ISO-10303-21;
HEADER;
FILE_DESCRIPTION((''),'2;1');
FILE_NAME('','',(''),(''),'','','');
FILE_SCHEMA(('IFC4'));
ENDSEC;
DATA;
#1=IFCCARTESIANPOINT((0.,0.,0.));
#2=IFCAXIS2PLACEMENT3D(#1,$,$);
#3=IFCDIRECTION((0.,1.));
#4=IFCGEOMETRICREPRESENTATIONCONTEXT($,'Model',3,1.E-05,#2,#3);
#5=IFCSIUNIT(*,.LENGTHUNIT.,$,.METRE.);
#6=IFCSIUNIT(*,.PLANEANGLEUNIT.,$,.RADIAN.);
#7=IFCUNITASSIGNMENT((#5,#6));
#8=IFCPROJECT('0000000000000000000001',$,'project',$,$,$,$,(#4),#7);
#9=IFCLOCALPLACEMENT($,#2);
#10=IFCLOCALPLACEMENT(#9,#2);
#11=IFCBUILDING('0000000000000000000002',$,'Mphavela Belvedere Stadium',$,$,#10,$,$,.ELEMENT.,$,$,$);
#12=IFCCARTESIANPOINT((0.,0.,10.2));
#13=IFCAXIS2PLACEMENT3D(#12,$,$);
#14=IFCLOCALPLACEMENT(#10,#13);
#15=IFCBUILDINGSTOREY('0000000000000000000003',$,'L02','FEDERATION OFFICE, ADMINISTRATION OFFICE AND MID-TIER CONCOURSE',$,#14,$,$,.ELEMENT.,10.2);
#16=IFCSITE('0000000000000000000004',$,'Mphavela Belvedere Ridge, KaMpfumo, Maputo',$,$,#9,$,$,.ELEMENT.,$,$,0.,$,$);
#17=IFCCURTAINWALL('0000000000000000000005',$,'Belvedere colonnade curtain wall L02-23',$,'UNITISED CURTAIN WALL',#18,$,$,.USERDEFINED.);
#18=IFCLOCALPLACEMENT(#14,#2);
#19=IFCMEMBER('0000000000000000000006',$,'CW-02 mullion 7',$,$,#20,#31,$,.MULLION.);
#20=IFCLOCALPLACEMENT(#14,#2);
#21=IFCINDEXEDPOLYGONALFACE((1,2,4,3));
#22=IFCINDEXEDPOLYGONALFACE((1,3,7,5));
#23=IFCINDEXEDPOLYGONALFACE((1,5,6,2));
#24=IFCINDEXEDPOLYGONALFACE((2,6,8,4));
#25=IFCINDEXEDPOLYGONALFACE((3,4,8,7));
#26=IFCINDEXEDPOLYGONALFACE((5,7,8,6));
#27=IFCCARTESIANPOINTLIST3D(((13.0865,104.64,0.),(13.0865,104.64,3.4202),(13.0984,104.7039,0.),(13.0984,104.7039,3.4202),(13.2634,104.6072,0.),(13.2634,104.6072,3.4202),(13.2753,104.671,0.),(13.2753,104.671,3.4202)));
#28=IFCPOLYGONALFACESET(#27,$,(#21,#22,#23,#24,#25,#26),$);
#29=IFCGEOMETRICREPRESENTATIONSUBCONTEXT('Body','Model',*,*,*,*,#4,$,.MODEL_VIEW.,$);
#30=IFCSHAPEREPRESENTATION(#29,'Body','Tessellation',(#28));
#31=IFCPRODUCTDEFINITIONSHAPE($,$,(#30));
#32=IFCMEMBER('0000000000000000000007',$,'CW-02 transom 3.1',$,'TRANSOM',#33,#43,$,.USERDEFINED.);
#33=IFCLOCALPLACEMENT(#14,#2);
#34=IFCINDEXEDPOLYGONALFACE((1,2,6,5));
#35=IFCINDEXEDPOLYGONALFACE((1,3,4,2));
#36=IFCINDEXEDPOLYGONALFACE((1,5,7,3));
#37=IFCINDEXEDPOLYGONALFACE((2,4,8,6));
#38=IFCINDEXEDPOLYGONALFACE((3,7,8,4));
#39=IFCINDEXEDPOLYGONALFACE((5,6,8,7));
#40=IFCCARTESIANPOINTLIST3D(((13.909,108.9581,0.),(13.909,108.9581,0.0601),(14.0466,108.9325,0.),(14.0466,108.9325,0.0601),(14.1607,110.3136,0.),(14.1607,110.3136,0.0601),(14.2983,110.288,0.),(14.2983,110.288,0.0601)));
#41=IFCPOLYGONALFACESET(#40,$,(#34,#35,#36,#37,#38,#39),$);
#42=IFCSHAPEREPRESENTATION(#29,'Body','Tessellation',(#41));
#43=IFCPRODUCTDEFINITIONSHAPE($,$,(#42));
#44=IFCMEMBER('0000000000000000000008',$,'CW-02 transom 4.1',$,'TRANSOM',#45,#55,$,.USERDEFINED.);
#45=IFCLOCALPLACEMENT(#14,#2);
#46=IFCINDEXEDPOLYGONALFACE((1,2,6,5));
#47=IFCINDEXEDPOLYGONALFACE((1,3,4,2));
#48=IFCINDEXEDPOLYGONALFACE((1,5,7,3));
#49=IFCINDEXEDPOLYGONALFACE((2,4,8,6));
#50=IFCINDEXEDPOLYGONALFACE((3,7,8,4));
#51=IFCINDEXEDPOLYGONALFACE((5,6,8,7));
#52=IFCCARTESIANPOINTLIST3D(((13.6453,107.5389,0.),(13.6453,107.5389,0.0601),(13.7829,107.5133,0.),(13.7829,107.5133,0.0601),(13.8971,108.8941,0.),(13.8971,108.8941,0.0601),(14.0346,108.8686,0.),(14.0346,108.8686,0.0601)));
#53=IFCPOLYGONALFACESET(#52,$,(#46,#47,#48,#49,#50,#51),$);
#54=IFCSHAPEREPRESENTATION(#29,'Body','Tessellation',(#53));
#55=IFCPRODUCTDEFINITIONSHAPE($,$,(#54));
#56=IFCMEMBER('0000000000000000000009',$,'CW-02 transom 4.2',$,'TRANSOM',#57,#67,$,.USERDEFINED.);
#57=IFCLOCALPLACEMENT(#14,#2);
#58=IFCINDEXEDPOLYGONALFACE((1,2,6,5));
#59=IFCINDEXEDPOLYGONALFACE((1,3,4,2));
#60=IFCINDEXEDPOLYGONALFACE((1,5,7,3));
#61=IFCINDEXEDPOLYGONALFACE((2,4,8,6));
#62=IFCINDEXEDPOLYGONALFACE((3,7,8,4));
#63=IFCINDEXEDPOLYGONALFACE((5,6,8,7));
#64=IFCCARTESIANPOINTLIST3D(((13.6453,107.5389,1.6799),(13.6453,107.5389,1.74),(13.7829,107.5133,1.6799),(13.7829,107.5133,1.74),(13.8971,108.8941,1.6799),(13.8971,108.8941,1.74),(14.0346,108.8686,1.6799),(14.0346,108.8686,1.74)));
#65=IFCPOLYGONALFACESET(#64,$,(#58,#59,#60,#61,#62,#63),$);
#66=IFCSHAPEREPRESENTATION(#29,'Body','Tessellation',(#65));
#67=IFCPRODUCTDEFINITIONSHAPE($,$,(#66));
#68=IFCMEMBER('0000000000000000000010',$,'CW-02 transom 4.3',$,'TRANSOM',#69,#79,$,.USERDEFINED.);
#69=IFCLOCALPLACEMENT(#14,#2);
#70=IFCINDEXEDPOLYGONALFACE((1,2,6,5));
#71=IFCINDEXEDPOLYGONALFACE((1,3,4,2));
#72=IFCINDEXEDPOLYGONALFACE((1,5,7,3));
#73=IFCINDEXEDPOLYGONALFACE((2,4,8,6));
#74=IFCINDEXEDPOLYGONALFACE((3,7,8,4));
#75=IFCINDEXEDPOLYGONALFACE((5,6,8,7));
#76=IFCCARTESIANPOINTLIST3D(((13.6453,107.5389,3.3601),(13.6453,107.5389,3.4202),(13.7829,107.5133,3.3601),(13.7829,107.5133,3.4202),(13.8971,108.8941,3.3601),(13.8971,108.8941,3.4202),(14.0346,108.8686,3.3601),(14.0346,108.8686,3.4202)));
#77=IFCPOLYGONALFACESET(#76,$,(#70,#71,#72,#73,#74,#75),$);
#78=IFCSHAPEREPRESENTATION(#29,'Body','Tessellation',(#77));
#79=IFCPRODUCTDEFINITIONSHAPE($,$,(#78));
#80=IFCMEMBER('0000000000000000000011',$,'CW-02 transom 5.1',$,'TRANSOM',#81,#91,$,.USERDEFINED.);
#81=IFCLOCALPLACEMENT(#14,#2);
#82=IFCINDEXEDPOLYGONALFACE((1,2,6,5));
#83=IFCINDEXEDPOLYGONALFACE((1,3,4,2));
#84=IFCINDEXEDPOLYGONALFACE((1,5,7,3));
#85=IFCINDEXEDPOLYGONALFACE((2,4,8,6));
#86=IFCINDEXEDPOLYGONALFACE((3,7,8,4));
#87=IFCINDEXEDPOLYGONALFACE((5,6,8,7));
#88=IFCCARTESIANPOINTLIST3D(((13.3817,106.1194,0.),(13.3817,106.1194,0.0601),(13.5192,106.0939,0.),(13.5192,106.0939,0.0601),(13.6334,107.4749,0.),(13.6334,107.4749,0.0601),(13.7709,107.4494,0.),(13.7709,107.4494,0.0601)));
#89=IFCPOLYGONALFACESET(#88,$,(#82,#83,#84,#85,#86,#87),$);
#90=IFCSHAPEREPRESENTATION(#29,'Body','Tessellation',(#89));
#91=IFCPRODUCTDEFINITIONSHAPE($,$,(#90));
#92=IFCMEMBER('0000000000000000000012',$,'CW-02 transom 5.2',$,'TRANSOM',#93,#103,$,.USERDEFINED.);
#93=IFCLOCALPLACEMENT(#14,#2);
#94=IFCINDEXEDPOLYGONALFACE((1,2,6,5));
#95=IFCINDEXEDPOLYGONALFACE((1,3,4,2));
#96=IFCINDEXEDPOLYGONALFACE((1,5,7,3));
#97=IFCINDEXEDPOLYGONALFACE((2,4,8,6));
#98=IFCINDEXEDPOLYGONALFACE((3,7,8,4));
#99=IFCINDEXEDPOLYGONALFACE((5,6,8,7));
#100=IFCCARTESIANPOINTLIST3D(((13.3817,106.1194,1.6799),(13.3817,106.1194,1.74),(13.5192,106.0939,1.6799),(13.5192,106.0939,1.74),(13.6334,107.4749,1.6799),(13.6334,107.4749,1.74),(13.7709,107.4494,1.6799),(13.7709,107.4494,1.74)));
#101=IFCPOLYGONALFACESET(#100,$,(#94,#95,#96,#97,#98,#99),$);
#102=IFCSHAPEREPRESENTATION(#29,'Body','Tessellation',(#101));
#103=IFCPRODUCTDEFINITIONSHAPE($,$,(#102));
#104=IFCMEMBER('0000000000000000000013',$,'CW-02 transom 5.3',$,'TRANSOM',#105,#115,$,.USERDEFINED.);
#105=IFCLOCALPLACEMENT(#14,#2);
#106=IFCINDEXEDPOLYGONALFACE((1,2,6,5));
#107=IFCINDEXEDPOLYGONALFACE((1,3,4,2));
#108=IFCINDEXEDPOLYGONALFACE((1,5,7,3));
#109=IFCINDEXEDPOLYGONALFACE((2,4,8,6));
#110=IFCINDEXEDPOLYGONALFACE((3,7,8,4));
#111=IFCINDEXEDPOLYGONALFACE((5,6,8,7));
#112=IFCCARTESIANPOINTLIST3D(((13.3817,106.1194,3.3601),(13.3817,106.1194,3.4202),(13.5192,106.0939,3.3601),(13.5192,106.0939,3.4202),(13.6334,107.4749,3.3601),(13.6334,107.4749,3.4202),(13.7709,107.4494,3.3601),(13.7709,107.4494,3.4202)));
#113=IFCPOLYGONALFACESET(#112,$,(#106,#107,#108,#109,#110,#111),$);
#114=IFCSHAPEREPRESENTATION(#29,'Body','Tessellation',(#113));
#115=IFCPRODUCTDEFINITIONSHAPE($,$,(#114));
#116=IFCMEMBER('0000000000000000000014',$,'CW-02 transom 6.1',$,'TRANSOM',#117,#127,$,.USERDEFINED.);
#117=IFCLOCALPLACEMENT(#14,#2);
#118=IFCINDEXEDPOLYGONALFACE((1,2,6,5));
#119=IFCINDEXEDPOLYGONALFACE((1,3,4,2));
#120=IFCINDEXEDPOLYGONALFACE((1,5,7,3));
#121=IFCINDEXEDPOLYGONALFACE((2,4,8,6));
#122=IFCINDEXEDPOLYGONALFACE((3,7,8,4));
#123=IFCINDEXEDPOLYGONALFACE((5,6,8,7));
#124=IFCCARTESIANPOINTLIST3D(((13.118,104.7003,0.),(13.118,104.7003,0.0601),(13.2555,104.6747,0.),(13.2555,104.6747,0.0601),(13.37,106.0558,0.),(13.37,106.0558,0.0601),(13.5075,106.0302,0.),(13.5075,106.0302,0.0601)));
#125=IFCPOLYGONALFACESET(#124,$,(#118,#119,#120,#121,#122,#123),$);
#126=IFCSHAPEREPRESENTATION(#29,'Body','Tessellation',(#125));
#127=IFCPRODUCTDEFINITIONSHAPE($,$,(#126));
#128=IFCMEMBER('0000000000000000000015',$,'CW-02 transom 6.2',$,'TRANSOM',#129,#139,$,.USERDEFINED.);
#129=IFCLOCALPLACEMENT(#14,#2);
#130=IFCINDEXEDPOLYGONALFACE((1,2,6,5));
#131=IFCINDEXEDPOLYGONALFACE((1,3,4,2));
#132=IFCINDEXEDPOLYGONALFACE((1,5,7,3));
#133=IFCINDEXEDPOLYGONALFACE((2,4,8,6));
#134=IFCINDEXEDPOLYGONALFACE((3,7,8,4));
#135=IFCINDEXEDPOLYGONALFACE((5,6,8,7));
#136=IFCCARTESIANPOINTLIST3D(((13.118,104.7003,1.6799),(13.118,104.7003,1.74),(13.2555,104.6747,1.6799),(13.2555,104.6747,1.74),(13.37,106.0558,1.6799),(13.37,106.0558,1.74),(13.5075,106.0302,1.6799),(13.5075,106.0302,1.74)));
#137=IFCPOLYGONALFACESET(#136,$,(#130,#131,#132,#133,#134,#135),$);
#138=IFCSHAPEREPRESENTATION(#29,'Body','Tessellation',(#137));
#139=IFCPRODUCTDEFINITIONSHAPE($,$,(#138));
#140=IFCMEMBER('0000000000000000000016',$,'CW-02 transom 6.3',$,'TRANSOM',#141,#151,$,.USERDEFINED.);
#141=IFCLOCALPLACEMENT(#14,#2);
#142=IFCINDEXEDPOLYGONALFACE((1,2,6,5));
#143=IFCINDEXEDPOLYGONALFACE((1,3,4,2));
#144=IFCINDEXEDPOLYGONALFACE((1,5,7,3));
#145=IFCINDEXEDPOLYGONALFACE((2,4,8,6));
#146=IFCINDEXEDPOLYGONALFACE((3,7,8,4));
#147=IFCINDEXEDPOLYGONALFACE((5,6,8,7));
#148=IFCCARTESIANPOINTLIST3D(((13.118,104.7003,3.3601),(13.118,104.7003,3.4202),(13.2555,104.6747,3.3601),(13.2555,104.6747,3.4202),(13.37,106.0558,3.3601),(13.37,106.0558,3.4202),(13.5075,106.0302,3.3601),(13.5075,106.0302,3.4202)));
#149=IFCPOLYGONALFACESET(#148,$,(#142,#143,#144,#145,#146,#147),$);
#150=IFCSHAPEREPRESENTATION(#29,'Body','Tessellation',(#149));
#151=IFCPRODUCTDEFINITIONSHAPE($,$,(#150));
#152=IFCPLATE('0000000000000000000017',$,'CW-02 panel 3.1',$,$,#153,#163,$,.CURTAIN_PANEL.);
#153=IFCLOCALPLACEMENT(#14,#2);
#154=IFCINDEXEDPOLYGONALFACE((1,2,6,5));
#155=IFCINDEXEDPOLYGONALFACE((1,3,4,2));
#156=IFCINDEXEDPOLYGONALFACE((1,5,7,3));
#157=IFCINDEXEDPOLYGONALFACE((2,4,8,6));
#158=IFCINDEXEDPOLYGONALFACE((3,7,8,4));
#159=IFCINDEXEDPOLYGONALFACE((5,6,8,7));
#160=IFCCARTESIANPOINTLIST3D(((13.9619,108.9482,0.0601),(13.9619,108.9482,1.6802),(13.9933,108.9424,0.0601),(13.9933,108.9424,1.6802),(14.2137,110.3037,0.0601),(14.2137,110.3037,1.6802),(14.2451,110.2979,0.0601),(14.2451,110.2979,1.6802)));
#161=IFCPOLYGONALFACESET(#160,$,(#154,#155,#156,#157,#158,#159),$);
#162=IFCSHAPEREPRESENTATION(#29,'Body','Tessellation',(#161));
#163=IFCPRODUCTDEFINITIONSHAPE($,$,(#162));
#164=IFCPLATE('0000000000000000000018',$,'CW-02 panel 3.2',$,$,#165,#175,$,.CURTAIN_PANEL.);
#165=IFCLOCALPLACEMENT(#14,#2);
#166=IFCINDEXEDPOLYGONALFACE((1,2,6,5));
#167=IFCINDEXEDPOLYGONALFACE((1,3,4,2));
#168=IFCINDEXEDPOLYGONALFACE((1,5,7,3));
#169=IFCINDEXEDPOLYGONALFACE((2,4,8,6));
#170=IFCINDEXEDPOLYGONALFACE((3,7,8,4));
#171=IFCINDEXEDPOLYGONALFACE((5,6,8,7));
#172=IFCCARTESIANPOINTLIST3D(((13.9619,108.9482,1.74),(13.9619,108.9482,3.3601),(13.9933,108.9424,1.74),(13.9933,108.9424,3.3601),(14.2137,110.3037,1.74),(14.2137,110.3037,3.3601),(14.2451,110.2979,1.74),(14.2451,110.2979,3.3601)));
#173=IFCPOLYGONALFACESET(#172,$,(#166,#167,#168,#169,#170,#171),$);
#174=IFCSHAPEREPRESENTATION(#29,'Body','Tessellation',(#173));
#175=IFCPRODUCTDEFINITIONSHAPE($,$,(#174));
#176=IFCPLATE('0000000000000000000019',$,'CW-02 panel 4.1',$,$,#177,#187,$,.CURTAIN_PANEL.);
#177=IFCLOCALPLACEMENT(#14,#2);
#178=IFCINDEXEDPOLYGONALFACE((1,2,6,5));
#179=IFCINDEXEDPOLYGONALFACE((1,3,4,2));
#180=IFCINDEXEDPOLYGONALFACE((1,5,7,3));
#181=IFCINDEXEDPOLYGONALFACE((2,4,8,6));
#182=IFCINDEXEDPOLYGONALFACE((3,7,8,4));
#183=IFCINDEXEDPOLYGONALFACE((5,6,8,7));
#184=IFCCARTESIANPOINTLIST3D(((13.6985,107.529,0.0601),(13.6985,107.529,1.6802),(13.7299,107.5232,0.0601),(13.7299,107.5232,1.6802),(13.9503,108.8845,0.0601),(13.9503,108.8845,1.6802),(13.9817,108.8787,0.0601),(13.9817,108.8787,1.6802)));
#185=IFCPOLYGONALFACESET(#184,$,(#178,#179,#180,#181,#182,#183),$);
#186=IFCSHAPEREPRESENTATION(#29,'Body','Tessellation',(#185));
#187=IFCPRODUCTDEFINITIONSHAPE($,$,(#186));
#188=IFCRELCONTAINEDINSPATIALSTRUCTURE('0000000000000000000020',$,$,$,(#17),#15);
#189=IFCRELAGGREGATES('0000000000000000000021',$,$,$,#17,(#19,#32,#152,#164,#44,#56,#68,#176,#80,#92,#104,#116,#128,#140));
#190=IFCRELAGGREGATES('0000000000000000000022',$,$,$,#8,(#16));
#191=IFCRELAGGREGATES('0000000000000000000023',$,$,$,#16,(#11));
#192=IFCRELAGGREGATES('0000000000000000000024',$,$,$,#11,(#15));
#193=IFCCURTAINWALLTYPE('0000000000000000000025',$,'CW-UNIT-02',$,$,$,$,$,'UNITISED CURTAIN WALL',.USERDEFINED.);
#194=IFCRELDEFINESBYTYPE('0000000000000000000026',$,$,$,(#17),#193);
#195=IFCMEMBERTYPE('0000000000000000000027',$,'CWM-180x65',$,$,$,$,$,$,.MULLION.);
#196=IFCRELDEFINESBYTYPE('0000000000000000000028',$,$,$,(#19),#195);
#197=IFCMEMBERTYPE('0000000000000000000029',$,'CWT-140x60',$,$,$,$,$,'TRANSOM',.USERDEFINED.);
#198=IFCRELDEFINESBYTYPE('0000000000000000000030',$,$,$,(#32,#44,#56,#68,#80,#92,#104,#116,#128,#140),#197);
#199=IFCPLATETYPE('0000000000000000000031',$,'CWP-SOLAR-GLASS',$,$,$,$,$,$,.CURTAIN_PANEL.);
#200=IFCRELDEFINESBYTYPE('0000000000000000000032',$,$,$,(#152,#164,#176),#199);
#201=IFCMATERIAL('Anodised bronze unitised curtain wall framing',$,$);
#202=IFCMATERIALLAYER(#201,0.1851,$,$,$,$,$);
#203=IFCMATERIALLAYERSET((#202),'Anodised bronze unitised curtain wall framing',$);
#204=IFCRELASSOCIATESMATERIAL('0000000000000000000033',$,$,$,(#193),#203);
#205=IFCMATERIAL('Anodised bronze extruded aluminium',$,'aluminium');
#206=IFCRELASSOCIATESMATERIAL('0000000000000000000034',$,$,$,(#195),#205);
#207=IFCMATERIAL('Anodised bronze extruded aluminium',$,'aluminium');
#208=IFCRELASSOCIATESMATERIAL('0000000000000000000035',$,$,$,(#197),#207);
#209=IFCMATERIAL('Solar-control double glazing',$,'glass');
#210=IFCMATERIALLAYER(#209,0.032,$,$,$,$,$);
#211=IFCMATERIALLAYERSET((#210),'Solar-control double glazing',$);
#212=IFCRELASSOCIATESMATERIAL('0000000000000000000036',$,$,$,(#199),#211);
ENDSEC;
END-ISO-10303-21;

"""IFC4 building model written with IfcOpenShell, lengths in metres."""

from ifc_helpers import new_model, si_unit, direction, frame, origin, origin_2d, place, context, subcontext, project, spatial, rectangle, extrude, material, layer, layer_set, material_profile, profile_set, type_object, element, aggregate, save


model = new_model("IFC4")

# Units and contexts
model_context = context("Model", 3, precision=1e-05, world=origin(), true_north=direction((0.0, 1.0)))
body_context = subcontext(model_context, "Body", "Model", "MODEL_VIEW")
ifc_project = project(units=[si_unit("LENGTHUNIT", "METRE"), si_unit("PLANEANGLEUNIT", "RADIAN")], contexts=[model_context])

# Site, building, storey
site_placement = place(None, origin())
site = spatial("IfcSite", under=ifc_project, at=site_placement, Name="Mphavela Belvedere Ridge, KaMpfumo, Maputo", CompositionType="ELEMENT", RefElevation=0.0)
building_placement = place(site_placement, origin())
building = spatial("IfcBuilding", under=site, at=building_placement, Name="Mphavela Belvedere Stadium", CompositionType="ELEMENT")
storey_placement = place(building_placement, frame((0.0, 0.0, 10.2)))
storey = spatial("IfcBuildingStorey", under=building, at=storey_placement, Name="L02", Description="FEDERATION OFFICE, ADMINISTRATION OFFICE AND MID-TIER CONCOURSE", CompositionType="ELEMENT", Elevation=10.2)

# Curtain wall, members, plates
ifc_material_1 = material(Name="Anodised bronze unitised curtain wall framing")
ifc_layer_1 = layer(ifc_material_1, 0.1851)
ifc_layer_set_1 = layer_set([ifc_layer_1], Name="Anodised bronze unitised curtain wall framing")
curtain_wall_type = type_object("IfcCurtainWallType", Name="CW-UNIT-02", ElementType="UNITISED CURTAIN WALL", PredefinedType="USERDEFINED", material=ifc_layer_set_1)
curtain_wall_placement = place(storey_placement, origin())
curtain_wall = element("IfcCurtainWall", 1, at=curtain_wall_placement, inside=storey, type_object=curtain_wall_type, Name="Belvedere colonnade curtain wall L02-23", ObjectType="UNITISED CURTAIN WALL", PredefinedType="USERDEFINED")
ifc_material_2 = material(Name="Anodised bronze extruded aluminium", Category="aluminium")
ifc_material_profile_1 = material_profile(ifc_material_2, rectangle(XDim=0.1799, YDim=0.0649, at=origin_2d()), Name="CW-MUL 180x65")
ifc_profile_set_1 = profile_set([ifc_material_profile_1], Name="Anodised bronze extruded aluminium")
member_type_1 = type_object("IfcMemberType", Name="CWM-180x65", PredefinedType="MULLION", material=ifc_profile_set_1)
member_1_placement = place(storey_placement, frame((13.1809, 104.6555, 0.0), z_axis=(0.0, 0.0, 1.0), x_axis=(0.983183, -0.182625, 0.0)))
member_1 = element("IfcMember", 2, at=member_1_placement, type_object=member_type_1, Name="CW-02 mullion 7", PredefinedType="MULLION", context=body_context, shape_type="SweptSolid", body=[
    extrude(rectangle(XDim=0.1799, YDim=0.0649, at=origin_2d()), origin(), (0.0, 0.0, 1.0), 3.4202),
])
ifc_material_3 = material(Name="Anodised bronze extruded aluminium", Category="aluminium")
ifc_material_profile_2 = material_profile(ifc_material_3, rectangle(XDim=0.1399, YDim=0.0601, at=origin_2d()), Name="CW-TRN 140x60")
ifc_profile_set_2 = profile_set([ifc_material_profile_2], Name="Anodised bronze extruded aluminium")
member_type_2 = type_object("IfcMemberType", Name="CWT-140x60", ElementType="TRANSOM", PredefinedType="USERDEFINED", material=ifc_profile_set_2)
member_2_placement = place(storey_placement, frame((14.2295, 110.3008, 0.03), z_axis=(-0.182578, -0.983191, 0.0), x_axis=(0.983191, -0.182578, 0.0)))
member_2 = element("IfcMember", 3, at=member_2_placement, type_object=member_type_2, Name="CW-02 transom 3.1", ObjectType="TRANSOM", PredefinedType="USERDEFINED", context=body_context, shape_type="SweptSolid", body=[
    extrude(rectangle(XDim=0.1399, YDim=0.0601, at=origin_2d()), origin(), (0.0, 0.0, 1.0), 1.3787),
])
member_3_placement = place(storey_placement, frame((13.9658, 108.8813, 0.03), z_axis=(-0.182609, -0.983186, 0.0), x_axis=(0.983186, -0.182609, 0.0)))
member_3 = element("IfcMember", 4, at=member_3_placement, type_object=member_type_2, Name="CW-02 transom 4.1", ObjectType="TRANSOM", PredefinedType="USERDEFINED", context=body_context, shape_type="SweptSolid", body=[
    extrude(rectangle(XDim=0.1399, YDim=0.0601, at=origin_2d()), origin(), (0.0, 0.0, 1.0), 1.3784),
])
member_4_placement = place(storey_placement, frame((13.9658, 108.8813, 1.71), z_axis=(-0.182609, -0.983186, 0.0), x_axis=(0.983186, -0.182609, 0.0)))
member_4 = element("IfcMember", 5, at=member_4_placement, type_object=member_type_2, Name="CW-02 transom 4.2", ObjectType="TRANSOM", PredefinedType="USERDEFINED", context=body_context, shape_type="SweptSolid", body=[
    extrude(rectangle(XDim=0.1399, YDim=0.0601, at=origin_2d()), origin(), (0.0, 0.0, 1.0), 1.3784),
])
member_5_placement = place(storey_placement, frame((13.9658, 108.8813, 3.3901), z_axis=(-0.182609, -0.983186, 0.0), x_axis=(0.983186, -0.182609, 0.0)))
member_5 = element("IfcMember", 6, at=member_5_placement, type_object=member_type_2, Name="CW-02 transom 4.3", ObjectType="TRANSOM", PredefinedType="USERDEFINED", context=body_context, shape_type="SweptSolid", body=[
    extrude(rectangle(XDim=0.1399, YDim=0.0601, at=origin_2d()), origin(), (0.0, 0.0, 1.0), 1.3784),
])
member_6_placement = place(storey_placement, frame((13.7021, 107.4622, 0.03), z_axis=(-0.182578, -0.983191, 0.0), x_axis=(0.983191, -0.182578, 0.0)))
member_6 = element("IfcMember", 7, at=member_6_placement, type_object=member_type_2, Name="CW-02 transom 5.1", ObjectType="TRANSOM", PredefinedType="USERDEFINED", context=body_context, shape_type="SweptSolid", body=[
    extrude(rectangle(XDim=0.1399, YDim=0.0601, at=origin_2d()), origin(), (0.0, 0.0, 1.0), 1.3787),
])
member_7_placement = place(storey_placement, frame((13.7021, 107.4622, 1.71), z_axis=(-0.182578, -0.983191, 0.0), x_axis=(0.983191, -0.182578, 0.0)))
member_7 = element("IfcMember", 8, at=member_7_placement, type_object=member_type_2, Name="CW-02 transom 5.2", ObjectType="TRANSOM", PredefinedType="USERDEFINED", context=body_context, shape_type="SweptSolid", body=[
    extrude(rectangle(XDim=0.1399, YDim=0.0601, at=origin_2d()), origin(), (0.0, 0.0, 1.0), 1.3787),
])
member_8_placement = place(storey_placement, frame((13.7021, 107.4622, 3.3901), z_axis=(-0.182578, -0.983191, 0.0), x_axis=(0.983191, -0.182578, 0.0)))
member_8 = element("IfcMember", 9, at=member_8_placement, type_object=member_type_2, Name="CW-02 transom 5.3", ObjectType="TRANSOM", PredefinedType="USERDEFINED", context=body_context, shape_type="SweptSolid", body=[
    extrude(rectangle(XDim=0.1399, YDim=0.0601, at=origin_2d()), origin(), (0.0, 0.0, 1.0), 1.3787),
])
member_9_placement = place(storey_placement, frame((13.4387, 106.043, 0.03), z_axis=(-0.182749, -0.98316, 0.0), x_axis=(0.98316, -0.182749, 0.0)))
member_9 = element("IfcMember", 10, at=member_9_placement, type_object=member_type_2, Name="CW-02 transom 6.1", ObjectType="TRANSOM", PredefinedType="USERDEFINED", context=body_context, shape_type="SweptSolid", body=[
    extrude(rectangle(XDim=0.1399, YDim=0.0601, at=origin_2d()), origin(), (0.0, 0.0, 1.0), 1.3787),
])
member_10_placement = place(storey_placement, frame((13.4387, 106.043, 1.71), z_axis=(-0.182749, -0.98316, 0.0), x_axis=(0.98316, -0.182749, 0.0)))
member_10 = element("IfcMember", 11, at=member_10_placement, type_object=member_type_2, Name="CW-02 transom 6.2", ObjectType="TRANSOM", PredefinedType="USERDEFINED", context=body_context, shape_type="SweptSolid", body=[
    extrude(rectangle(XDim=0.1399, YDim=0.0601, at=origin_2d()), origin(), (0.0, 0.0, 1.0), 1.3787),
])
member_11_placement = place(storey_placement, frame((13.4387, 106.043, 3.3901), z_axis=(-0.182749, -0.98316, 0.0), x_axis=(0.98316, -0.182749, 0.0)))
member_11 = element("IfcMember", 12, at=member_11_placement, type_object=member_type_2, Name="CW-02 transom 6.3", ObjectType="TRANSOM", PredefinedType="USERDEFINED", context=body_context, shape_type="SweptSolid", body=[
    extrude(rectangle(XDim=0.1399, YDim=0.0601, at=origin_2d()), origin(), (0.0, 0.0, 1.0), 1.3787),
])
ifc_material_4 = material(Name="Solar-control double glazing", Category="glass")
ifc_layer_2 = layer(ifc_material_4, 0.032)
ifc_layer_set_2 = layer_set([ifc_layer_2], Name="Solar-control double glazing")
plate_type = type_object("IfcPlateType", Name="CWP-SOLAR-GLASS", PredefinedType="CURTAIN_PANEL", material=ifc_layer_set_2)
plate_1_placement = place(storey_placement, frame((14.1035, 109.623, 0.0601), z_axis=(0.0, 0.0, 1.0), x_axis=(-0.182625, -0.983183, 0.0)))
plate_1 = element("IfcPlate", 13, at=plate_1_placement, type_object=plate_type, Name="CW-02 panel 3.1", PredefinedType="CURTAIN_PANEL", context=body_context, shape_type="SweptSolid", body=[
    extrude(rectangle(XDim=1.3787, YDim=0.032, at=origin_2d()), origin(), (0.0, 0.0, 1.0), 1.6201),
])
plate_2_placement = place(storey_placement, frame((14.1035, 109.623, 1.74), z_axis=(0.0, 0.0, 1.0), x_axis=(-0.182625, -0.983183, 0.0)))
plate_2 = element("IfcPlate", 14, at=plate_2_placement, type_object=plate_type, Name="CW-02 panel 3.2", PredefinedType="CURTAIN_PANEL", context=body_context, shape_type="SweptSolid", body=[
    extrude(rectangle(XDim=1.3787, YDim=0.032, at=origin_2d()), origin(), (0.0, 0.0, 1.0), 1.6201),
])
plate_3_placement = place(storey_placement, frame((13.8401, 108.2039, 0.0601), z_axis=(0.0, 0.0, 1.0), x_axis=(-0.182625, -0.983183, 0.0)))
plate_3 = element("IfcPlate", 15, at=plate_3_placement, type_object=plate_type, Name="CW-02 panel 4.1", PredefinedType="CURTAIN_PANEL", context=body_context, shape_type="SweptSolid", body=[
    extrude(rectangle(XDim=1.3787, YDim=0.032, at=origin_2d()), origin(), (0.0, 0.0, 1.0), 1.6201),
])
aggregate(curtain_wall, [member_1, member_2, plate_1, plate_2, member_3, member_4, member_5, plate_3, member_6, member_7, member_8, member_9, member_10, member_11])

save(model, "model.ifc")
